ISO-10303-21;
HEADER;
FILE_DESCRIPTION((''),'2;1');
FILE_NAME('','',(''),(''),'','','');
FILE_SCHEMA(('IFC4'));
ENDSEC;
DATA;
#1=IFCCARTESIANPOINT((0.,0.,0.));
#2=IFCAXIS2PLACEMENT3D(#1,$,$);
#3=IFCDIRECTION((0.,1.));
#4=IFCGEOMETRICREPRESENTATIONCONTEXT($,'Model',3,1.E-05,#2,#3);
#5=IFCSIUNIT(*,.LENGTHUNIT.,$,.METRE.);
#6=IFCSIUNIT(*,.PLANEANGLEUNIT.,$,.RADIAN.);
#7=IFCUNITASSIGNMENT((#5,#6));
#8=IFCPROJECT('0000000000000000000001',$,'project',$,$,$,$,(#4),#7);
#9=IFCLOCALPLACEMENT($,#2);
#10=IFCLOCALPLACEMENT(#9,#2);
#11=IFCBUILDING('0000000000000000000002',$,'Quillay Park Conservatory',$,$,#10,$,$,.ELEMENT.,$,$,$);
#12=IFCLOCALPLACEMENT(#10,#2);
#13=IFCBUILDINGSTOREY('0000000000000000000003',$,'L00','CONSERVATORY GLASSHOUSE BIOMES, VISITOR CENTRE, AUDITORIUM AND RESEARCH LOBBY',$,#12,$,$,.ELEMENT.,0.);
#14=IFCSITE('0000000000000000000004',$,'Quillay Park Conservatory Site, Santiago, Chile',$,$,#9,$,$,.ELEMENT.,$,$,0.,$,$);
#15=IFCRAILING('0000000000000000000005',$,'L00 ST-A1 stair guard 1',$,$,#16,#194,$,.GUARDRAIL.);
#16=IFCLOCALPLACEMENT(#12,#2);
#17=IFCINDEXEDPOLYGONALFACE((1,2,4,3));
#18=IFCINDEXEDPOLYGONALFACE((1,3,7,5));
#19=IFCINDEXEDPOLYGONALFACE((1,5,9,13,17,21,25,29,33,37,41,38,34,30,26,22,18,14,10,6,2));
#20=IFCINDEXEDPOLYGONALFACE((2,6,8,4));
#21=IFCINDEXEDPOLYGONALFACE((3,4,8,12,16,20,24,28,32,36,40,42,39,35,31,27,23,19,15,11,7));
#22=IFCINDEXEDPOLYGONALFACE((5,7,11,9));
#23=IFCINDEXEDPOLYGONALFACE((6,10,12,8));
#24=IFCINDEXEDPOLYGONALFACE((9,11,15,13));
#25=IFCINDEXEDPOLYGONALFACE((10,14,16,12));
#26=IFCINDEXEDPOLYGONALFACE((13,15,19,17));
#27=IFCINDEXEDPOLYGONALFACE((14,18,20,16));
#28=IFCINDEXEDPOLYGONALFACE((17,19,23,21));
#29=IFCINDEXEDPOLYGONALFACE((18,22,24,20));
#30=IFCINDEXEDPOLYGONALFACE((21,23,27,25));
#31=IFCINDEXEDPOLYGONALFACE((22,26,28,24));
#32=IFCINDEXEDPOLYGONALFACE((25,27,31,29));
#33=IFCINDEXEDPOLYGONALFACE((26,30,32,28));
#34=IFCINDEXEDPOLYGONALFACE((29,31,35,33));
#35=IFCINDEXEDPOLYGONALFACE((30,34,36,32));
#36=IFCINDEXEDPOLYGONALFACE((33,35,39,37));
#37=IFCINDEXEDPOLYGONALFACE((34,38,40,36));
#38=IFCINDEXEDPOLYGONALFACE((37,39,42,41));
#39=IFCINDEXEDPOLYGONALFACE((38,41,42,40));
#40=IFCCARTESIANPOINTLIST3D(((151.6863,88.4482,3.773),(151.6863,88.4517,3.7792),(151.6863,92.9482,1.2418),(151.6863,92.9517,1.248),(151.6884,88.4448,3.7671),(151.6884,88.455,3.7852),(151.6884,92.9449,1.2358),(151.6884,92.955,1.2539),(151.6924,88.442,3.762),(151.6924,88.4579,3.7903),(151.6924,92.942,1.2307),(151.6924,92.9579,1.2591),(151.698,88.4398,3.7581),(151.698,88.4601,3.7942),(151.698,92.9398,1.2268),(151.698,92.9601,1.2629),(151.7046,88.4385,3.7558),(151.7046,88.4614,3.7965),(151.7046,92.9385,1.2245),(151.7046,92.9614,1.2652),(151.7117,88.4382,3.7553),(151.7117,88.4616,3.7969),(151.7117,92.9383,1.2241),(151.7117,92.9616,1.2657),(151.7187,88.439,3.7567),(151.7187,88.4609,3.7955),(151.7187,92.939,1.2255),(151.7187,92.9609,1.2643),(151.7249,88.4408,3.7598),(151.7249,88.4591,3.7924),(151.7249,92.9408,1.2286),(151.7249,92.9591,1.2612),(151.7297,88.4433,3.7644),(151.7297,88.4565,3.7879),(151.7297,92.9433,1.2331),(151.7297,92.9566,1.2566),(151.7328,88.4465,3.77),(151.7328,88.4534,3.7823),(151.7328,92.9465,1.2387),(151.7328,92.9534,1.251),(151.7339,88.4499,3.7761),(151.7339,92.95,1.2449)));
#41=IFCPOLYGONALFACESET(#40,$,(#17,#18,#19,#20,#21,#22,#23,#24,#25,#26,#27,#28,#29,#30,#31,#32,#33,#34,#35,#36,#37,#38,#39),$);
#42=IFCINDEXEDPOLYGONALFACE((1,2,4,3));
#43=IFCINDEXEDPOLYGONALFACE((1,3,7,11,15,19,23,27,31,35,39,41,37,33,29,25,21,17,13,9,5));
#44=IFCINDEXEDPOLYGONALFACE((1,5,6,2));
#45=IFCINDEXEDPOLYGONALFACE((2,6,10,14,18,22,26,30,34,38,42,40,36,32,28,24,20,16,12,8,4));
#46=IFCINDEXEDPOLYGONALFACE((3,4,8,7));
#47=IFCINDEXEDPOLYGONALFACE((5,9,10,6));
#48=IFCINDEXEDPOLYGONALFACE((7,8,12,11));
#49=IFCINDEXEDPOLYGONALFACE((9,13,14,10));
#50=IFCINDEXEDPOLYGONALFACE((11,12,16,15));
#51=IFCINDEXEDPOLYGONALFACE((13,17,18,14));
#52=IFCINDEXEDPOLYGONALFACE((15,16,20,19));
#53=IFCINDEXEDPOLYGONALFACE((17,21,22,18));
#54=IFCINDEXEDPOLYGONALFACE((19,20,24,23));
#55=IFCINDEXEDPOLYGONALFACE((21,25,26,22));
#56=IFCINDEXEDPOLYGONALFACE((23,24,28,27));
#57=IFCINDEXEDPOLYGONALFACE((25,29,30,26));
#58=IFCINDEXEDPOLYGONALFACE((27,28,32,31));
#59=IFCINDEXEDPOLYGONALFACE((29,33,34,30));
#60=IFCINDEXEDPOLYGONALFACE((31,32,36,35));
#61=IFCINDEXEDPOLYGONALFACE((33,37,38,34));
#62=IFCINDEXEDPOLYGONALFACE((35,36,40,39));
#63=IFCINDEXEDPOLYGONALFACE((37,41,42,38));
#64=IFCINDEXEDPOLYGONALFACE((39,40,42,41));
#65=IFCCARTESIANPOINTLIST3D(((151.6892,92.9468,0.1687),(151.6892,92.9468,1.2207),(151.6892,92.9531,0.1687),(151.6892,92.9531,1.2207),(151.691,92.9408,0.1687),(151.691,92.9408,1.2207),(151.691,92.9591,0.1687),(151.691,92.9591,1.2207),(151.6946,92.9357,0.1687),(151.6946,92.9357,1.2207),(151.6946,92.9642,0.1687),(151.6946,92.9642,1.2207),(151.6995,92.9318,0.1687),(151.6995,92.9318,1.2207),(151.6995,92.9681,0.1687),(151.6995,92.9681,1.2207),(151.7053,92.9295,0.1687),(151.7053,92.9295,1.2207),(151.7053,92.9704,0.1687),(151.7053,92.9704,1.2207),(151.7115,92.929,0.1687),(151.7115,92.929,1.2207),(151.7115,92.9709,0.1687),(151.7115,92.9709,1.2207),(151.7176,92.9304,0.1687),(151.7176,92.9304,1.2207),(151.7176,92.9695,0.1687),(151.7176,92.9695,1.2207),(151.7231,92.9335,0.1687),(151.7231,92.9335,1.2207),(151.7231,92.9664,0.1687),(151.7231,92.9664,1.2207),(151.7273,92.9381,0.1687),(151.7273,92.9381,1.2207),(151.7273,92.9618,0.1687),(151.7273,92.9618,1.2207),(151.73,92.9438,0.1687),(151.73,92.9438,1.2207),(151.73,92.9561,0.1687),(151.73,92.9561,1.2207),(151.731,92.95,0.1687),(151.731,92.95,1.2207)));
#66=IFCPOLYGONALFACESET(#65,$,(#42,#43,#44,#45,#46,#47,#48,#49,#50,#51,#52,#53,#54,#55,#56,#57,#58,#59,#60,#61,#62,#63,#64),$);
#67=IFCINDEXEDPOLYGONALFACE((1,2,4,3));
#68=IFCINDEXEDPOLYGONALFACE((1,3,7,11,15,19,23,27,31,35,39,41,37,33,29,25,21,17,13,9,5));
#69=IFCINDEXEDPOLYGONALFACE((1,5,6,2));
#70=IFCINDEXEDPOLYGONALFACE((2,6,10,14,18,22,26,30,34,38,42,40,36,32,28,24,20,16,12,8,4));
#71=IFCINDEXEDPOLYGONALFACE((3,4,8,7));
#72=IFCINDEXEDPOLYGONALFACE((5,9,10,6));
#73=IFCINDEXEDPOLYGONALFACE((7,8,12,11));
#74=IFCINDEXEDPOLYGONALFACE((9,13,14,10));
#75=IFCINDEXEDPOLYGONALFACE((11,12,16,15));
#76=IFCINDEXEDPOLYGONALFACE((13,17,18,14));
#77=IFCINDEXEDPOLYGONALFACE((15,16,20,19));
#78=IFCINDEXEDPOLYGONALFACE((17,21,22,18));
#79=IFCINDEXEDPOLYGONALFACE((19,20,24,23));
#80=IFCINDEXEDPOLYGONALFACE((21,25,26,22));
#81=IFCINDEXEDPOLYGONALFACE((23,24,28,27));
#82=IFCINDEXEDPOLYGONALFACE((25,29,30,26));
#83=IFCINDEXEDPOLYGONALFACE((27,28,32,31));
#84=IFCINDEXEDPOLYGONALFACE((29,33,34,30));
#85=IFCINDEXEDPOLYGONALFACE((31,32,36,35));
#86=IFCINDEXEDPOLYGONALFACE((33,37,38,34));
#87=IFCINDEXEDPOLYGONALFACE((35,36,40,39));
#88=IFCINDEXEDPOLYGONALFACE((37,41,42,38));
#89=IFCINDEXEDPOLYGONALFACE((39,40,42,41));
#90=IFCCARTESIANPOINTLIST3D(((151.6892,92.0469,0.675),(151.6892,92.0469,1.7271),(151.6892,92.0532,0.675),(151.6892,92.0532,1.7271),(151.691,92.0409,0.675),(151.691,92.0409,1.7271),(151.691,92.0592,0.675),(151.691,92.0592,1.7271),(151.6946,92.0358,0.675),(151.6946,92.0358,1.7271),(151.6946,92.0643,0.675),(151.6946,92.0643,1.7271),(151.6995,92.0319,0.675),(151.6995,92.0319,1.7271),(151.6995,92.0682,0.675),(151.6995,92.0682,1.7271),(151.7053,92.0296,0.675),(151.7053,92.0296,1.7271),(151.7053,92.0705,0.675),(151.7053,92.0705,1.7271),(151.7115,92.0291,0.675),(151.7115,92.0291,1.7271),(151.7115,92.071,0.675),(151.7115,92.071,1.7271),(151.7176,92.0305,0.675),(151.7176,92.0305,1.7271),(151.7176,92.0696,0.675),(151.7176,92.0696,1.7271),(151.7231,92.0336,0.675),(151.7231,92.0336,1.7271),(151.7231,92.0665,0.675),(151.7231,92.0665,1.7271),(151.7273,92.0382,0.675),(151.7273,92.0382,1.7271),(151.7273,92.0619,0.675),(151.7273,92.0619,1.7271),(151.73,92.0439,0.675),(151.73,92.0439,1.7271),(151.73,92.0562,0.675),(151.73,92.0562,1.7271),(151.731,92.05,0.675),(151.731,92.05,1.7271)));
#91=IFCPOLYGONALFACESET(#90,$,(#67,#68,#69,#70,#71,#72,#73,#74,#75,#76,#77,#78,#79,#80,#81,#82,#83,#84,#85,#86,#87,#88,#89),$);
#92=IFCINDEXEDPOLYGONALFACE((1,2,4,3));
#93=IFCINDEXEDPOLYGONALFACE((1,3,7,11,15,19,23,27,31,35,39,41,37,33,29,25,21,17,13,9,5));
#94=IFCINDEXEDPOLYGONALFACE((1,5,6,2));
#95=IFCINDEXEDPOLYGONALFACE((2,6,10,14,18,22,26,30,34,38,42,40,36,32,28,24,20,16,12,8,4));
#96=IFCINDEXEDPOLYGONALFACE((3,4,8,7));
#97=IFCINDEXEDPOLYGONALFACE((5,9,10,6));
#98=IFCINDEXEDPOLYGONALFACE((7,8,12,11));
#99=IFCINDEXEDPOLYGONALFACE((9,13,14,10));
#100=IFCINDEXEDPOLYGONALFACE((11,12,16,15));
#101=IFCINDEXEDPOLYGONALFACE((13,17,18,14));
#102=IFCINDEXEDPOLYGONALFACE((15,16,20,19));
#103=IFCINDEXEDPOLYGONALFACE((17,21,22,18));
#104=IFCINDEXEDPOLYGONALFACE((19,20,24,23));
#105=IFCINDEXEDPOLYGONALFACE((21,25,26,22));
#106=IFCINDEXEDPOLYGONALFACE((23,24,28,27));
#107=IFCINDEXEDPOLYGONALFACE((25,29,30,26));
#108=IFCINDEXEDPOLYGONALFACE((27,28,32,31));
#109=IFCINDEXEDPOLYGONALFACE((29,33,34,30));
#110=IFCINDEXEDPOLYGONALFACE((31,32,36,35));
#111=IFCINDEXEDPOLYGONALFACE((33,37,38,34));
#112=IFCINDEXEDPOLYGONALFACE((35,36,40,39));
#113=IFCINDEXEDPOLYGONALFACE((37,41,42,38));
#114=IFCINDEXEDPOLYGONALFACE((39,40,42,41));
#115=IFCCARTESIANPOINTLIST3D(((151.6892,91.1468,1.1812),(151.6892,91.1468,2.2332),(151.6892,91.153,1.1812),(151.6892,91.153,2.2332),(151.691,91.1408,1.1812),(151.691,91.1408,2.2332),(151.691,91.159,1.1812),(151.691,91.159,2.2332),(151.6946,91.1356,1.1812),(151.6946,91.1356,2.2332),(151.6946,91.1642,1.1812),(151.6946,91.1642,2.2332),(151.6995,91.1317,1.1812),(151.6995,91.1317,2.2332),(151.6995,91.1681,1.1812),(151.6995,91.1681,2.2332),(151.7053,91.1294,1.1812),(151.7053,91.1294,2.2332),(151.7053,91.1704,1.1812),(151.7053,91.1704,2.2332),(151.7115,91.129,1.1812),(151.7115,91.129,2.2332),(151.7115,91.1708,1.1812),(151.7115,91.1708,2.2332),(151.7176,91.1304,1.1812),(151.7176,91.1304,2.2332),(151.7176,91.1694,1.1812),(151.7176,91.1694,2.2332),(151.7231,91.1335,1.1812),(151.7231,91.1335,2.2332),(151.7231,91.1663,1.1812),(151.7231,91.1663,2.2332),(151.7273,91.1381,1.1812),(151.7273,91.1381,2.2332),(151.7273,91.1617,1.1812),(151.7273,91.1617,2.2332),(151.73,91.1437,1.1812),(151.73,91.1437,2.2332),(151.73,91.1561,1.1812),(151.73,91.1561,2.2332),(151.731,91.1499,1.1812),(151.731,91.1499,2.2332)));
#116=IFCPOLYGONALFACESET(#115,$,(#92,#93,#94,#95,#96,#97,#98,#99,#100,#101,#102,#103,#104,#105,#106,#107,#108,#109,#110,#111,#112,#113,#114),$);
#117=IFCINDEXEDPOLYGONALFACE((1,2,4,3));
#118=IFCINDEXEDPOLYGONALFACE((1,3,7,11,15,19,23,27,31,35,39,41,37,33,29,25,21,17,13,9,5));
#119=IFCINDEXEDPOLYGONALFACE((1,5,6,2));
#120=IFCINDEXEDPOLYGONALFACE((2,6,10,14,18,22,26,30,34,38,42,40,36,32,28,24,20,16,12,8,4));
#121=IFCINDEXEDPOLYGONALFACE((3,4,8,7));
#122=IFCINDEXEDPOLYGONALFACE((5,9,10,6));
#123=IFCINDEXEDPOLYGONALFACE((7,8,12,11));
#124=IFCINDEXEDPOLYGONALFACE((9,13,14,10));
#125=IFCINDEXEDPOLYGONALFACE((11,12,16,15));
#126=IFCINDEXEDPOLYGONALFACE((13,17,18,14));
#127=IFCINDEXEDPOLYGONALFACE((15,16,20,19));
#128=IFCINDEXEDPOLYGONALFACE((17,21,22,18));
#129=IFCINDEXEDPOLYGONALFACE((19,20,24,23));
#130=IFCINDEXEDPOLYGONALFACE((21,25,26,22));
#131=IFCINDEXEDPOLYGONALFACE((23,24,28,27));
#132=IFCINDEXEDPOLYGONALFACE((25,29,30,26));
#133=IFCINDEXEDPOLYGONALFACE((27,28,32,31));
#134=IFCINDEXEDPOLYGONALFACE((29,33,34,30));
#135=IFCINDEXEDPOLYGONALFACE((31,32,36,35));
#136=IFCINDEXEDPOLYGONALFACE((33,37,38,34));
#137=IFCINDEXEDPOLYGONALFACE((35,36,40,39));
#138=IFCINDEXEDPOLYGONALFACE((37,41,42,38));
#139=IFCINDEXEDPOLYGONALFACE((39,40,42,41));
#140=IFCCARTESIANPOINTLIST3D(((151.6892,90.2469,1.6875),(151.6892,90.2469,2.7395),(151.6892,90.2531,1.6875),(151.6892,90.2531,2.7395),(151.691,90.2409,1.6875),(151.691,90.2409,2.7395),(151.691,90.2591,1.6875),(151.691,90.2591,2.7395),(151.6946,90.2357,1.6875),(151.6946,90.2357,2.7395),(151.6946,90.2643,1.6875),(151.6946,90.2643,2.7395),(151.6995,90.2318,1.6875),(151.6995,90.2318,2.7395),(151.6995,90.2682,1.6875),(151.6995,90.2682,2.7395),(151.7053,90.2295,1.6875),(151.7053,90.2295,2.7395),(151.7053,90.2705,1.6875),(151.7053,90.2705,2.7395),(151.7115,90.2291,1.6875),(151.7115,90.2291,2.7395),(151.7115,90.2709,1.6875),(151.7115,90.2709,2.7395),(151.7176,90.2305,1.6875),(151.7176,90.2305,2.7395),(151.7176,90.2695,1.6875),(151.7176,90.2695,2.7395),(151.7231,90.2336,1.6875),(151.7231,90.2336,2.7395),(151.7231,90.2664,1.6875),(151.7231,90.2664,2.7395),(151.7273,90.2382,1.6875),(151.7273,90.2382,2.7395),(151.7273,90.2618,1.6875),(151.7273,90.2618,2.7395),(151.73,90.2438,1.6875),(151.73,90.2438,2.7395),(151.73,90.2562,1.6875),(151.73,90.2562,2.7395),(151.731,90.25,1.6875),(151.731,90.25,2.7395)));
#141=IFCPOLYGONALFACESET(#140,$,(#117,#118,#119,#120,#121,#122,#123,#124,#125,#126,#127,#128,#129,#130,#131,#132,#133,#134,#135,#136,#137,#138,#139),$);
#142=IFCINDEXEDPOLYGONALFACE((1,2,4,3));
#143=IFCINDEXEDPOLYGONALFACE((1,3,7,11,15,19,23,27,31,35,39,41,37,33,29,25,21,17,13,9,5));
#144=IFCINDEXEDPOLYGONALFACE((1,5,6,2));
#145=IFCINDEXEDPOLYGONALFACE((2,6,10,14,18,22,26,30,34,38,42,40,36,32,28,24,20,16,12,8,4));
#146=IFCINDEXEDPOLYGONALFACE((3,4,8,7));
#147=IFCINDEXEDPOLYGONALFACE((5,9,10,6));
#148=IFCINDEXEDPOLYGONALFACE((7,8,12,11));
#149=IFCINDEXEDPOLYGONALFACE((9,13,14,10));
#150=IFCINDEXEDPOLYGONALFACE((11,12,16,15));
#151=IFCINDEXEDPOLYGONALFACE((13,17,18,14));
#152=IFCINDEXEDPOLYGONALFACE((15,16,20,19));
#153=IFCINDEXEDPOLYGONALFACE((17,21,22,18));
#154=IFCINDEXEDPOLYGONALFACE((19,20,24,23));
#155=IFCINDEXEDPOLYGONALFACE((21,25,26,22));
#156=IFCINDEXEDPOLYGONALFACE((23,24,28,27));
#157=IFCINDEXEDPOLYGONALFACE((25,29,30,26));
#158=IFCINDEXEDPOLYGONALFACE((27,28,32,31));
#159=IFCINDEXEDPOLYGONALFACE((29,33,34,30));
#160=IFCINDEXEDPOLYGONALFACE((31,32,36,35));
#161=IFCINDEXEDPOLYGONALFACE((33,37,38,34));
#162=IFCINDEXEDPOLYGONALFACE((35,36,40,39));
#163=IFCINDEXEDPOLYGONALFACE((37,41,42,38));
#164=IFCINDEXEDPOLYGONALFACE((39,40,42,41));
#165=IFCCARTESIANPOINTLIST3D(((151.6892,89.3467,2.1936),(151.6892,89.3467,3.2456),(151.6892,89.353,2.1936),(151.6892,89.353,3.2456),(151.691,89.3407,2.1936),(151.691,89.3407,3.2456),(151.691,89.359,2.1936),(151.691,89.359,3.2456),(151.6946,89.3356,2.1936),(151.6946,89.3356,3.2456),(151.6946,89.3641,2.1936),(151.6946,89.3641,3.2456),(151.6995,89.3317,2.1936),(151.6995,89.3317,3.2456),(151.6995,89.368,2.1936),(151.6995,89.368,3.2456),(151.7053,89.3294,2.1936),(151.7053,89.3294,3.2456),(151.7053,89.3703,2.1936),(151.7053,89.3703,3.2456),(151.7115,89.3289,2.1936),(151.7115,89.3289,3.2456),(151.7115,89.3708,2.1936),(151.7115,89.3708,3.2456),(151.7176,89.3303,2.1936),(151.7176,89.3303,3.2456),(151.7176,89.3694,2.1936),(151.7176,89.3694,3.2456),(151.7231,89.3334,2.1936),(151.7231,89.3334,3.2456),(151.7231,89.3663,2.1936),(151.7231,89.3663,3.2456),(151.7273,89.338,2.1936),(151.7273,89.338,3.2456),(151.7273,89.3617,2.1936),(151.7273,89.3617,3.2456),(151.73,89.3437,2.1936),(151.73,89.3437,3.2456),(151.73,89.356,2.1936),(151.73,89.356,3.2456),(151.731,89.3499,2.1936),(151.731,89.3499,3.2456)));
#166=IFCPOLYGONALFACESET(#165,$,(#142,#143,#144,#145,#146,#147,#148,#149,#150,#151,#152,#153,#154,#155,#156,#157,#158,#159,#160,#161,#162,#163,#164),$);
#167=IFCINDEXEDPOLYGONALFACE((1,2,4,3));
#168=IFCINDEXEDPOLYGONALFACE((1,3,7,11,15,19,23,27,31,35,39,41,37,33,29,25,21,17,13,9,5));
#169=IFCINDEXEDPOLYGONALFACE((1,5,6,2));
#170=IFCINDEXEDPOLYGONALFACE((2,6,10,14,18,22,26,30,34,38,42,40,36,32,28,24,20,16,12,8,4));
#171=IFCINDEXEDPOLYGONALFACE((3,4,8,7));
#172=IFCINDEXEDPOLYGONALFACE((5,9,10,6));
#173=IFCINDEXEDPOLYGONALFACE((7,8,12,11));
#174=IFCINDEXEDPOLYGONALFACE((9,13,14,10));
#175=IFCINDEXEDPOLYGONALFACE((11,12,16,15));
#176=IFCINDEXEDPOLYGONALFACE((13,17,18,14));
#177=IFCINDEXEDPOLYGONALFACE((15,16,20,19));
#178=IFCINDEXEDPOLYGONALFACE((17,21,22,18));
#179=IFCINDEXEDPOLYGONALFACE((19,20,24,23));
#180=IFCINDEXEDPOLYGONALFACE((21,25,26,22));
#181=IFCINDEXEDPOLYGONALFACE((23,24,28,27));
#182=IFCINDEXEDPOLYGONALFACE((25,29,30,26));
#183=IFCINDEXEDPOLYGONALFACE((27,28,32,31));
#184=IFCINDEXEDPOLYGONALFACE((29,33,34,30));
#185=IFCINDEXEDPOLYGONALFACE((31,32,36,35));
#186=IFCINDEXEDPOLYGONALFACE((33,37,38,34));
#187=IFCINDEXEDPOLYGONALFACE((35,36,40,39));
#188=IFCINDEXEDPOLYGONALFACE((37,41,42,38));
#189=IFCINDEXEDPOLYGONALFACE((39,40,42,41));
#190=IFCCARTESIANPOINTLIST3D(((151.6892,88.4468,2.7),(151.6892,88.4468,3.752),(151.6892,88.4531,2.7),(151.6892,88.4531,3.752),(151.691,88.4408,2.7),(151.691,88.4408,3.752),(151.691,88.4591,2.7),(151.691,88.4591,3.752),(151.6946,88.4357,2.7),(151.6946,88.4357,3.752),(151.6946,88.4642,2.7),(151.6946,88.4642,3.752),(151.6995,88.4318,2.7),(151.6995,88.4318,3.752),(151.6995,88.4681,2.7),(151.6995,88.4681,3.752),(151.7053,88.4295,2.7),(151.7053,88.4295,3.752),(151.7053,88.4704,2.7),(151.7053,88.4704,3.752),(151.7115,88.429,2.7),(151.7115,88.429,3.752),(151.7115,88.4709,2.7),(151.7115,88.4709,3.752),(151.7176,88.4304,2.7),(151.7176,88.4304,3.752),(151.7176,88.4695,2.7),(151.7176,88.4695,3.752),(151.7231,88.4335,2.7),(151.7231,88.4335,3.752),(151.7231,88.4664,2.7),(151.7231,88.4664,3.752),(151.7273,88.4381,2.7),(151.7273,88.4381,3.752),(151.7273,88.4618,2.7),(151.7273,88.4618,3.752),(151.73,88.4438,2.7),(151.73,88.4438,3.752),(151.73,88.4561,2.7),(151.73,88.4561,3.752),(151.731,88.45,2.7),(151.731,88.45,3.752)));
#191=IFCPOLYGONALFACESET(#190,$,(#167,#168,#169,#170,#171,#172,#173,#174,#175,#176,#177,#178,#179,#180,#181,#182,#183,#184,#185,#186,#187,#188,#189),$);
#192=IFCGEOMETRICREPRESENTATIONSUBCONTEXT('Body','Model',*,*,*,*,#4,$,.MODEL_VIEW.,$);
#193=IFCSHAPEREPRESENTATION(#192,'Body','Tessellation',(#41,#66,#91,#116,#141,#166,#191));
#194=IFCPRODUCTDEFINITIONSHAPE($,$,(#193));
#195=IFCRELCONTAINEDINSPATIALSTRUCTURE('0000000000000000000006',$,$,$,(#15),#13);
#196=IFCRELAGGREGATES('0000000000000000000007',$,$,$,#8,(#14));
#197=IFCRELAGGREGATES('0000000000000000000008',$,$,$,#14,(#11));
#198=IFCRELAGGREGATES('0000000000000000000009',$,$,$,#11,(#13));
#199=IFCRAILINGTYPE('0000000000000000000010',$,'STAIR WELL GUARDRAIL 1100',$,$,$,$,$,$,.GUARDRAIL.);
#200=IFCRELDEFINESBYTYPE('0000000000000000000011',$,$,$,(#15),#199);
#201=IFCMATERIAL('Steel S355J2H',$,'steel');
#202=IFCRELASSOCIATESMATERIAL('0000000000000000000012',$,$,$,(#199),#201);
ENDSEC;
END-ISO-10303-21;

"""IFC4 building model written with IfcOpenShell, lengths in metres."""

from ifc_helpers import new_model, si_unit, direction, frame, origin, origin_2d, place, context, subcontext, project, spatial, circle, extrude, material, type_object, element, save


model = new_model("IFC4")

# Units and contexts
model_context = context("Model", 3, precision=1e-05, world=origin(), true_north=direction((0.0, 1.0)))
body_context = subcontext(model_context, "Body", "Model", "MODEL_VIEW")
ifc_project = project(units=[si_unit("LENGTHUNIT", "METRE"), si_unit("PLANEANGLEUNIT", "RADIAN")], contexts=[model_context])

# Site, building, storey
site_placement = place(None, origin())
site = spatial("IfcSite", under=ifc_project, at=site_placement, Name="Quillay Park Conservatory Site, Santiago, Chile", CompositionType="ELEMENT", RefElevation=0.0)
building_placement = place(site_placement, origin())
building = spatial("IfcBuilding", under=site, at=building_placement, Name="Quillay Park Conservatory", CompositionType="ELEMENT")
storey_placement = place(building_placement, origin())
storey = spatial("IfcBuildingStorey", under=building, at=storey_placement, Name="L00", Description="CONSERVATORY GLASSHOUSE BIOMES, VISITOR CENTRE, AUDITORIUM AND RESEARCH LOBBY", CompositionType="ELEMENT", Elevation=0.0)

# Railing
ifc_material_1 = material(Name="Steel S355J2H", Category="steel")
railing_type_1 = type_object("IfcRailingType", Name="STAIR WELL GUARDRAIL 1100", PredefinedType="GUARDRAIL", material=ifc_material_1)
railing_1_placement = place(storey_placement, frame((151.71, 92.95, 0.1687)))
element("IfcRailing", 1, at=railing_1_placement, inside=storey, type_object=railing_type_1, Name="L00 ST-A1 stair guard 1", PredefinedType="GUARDRAIL", context=body_context, shape_type="SweptSolid", body=[
    extrude(circle(Radius=0.0239, at=origin_2d()), frame((0.0, 0.0, 1.0762), z_axis=(0.0, -0.871576, 0.490261), x_axis=(1.0, 0.0, 0.0)), (0.0, 0.0, 1.0), 5.1631),
    extrude(circle(Radius=0.021, at=origin_2d()), origin(), (0.0, 0.0, 1.0), 1.052),
    extrude(circle(Radius=0.021, at=origin_2d()), frame((0.0, -0.8999, 0.5063)), (0.0, 0.0, 1.0), 1.052),
    extrude(circle(Radius=0.021, at=origin_2d()), frame((0.0, -1.8, 1.0125)), (0.0, 0.0, 1.0), 1.052),
    extrude(circle(Radius=0.021, at=origin_2d()), frame((0.0, -2.7, 1.5188)), (0.0, 0.0, 1.0), 1.052),
    extrude(circle(Radius=0.021, at=origin_2d()), frame((0.0, -3.6001, 2.0249)), (0.0, 0.0, 1.0), 1.052),
    extrude(circle(Radius=0.021, at=origin_2d()), frame((0.0, -4.5, 2.5312)), (0.0, 0.0, 1.0), 1.052),
])

save(model, "model.ifc")
